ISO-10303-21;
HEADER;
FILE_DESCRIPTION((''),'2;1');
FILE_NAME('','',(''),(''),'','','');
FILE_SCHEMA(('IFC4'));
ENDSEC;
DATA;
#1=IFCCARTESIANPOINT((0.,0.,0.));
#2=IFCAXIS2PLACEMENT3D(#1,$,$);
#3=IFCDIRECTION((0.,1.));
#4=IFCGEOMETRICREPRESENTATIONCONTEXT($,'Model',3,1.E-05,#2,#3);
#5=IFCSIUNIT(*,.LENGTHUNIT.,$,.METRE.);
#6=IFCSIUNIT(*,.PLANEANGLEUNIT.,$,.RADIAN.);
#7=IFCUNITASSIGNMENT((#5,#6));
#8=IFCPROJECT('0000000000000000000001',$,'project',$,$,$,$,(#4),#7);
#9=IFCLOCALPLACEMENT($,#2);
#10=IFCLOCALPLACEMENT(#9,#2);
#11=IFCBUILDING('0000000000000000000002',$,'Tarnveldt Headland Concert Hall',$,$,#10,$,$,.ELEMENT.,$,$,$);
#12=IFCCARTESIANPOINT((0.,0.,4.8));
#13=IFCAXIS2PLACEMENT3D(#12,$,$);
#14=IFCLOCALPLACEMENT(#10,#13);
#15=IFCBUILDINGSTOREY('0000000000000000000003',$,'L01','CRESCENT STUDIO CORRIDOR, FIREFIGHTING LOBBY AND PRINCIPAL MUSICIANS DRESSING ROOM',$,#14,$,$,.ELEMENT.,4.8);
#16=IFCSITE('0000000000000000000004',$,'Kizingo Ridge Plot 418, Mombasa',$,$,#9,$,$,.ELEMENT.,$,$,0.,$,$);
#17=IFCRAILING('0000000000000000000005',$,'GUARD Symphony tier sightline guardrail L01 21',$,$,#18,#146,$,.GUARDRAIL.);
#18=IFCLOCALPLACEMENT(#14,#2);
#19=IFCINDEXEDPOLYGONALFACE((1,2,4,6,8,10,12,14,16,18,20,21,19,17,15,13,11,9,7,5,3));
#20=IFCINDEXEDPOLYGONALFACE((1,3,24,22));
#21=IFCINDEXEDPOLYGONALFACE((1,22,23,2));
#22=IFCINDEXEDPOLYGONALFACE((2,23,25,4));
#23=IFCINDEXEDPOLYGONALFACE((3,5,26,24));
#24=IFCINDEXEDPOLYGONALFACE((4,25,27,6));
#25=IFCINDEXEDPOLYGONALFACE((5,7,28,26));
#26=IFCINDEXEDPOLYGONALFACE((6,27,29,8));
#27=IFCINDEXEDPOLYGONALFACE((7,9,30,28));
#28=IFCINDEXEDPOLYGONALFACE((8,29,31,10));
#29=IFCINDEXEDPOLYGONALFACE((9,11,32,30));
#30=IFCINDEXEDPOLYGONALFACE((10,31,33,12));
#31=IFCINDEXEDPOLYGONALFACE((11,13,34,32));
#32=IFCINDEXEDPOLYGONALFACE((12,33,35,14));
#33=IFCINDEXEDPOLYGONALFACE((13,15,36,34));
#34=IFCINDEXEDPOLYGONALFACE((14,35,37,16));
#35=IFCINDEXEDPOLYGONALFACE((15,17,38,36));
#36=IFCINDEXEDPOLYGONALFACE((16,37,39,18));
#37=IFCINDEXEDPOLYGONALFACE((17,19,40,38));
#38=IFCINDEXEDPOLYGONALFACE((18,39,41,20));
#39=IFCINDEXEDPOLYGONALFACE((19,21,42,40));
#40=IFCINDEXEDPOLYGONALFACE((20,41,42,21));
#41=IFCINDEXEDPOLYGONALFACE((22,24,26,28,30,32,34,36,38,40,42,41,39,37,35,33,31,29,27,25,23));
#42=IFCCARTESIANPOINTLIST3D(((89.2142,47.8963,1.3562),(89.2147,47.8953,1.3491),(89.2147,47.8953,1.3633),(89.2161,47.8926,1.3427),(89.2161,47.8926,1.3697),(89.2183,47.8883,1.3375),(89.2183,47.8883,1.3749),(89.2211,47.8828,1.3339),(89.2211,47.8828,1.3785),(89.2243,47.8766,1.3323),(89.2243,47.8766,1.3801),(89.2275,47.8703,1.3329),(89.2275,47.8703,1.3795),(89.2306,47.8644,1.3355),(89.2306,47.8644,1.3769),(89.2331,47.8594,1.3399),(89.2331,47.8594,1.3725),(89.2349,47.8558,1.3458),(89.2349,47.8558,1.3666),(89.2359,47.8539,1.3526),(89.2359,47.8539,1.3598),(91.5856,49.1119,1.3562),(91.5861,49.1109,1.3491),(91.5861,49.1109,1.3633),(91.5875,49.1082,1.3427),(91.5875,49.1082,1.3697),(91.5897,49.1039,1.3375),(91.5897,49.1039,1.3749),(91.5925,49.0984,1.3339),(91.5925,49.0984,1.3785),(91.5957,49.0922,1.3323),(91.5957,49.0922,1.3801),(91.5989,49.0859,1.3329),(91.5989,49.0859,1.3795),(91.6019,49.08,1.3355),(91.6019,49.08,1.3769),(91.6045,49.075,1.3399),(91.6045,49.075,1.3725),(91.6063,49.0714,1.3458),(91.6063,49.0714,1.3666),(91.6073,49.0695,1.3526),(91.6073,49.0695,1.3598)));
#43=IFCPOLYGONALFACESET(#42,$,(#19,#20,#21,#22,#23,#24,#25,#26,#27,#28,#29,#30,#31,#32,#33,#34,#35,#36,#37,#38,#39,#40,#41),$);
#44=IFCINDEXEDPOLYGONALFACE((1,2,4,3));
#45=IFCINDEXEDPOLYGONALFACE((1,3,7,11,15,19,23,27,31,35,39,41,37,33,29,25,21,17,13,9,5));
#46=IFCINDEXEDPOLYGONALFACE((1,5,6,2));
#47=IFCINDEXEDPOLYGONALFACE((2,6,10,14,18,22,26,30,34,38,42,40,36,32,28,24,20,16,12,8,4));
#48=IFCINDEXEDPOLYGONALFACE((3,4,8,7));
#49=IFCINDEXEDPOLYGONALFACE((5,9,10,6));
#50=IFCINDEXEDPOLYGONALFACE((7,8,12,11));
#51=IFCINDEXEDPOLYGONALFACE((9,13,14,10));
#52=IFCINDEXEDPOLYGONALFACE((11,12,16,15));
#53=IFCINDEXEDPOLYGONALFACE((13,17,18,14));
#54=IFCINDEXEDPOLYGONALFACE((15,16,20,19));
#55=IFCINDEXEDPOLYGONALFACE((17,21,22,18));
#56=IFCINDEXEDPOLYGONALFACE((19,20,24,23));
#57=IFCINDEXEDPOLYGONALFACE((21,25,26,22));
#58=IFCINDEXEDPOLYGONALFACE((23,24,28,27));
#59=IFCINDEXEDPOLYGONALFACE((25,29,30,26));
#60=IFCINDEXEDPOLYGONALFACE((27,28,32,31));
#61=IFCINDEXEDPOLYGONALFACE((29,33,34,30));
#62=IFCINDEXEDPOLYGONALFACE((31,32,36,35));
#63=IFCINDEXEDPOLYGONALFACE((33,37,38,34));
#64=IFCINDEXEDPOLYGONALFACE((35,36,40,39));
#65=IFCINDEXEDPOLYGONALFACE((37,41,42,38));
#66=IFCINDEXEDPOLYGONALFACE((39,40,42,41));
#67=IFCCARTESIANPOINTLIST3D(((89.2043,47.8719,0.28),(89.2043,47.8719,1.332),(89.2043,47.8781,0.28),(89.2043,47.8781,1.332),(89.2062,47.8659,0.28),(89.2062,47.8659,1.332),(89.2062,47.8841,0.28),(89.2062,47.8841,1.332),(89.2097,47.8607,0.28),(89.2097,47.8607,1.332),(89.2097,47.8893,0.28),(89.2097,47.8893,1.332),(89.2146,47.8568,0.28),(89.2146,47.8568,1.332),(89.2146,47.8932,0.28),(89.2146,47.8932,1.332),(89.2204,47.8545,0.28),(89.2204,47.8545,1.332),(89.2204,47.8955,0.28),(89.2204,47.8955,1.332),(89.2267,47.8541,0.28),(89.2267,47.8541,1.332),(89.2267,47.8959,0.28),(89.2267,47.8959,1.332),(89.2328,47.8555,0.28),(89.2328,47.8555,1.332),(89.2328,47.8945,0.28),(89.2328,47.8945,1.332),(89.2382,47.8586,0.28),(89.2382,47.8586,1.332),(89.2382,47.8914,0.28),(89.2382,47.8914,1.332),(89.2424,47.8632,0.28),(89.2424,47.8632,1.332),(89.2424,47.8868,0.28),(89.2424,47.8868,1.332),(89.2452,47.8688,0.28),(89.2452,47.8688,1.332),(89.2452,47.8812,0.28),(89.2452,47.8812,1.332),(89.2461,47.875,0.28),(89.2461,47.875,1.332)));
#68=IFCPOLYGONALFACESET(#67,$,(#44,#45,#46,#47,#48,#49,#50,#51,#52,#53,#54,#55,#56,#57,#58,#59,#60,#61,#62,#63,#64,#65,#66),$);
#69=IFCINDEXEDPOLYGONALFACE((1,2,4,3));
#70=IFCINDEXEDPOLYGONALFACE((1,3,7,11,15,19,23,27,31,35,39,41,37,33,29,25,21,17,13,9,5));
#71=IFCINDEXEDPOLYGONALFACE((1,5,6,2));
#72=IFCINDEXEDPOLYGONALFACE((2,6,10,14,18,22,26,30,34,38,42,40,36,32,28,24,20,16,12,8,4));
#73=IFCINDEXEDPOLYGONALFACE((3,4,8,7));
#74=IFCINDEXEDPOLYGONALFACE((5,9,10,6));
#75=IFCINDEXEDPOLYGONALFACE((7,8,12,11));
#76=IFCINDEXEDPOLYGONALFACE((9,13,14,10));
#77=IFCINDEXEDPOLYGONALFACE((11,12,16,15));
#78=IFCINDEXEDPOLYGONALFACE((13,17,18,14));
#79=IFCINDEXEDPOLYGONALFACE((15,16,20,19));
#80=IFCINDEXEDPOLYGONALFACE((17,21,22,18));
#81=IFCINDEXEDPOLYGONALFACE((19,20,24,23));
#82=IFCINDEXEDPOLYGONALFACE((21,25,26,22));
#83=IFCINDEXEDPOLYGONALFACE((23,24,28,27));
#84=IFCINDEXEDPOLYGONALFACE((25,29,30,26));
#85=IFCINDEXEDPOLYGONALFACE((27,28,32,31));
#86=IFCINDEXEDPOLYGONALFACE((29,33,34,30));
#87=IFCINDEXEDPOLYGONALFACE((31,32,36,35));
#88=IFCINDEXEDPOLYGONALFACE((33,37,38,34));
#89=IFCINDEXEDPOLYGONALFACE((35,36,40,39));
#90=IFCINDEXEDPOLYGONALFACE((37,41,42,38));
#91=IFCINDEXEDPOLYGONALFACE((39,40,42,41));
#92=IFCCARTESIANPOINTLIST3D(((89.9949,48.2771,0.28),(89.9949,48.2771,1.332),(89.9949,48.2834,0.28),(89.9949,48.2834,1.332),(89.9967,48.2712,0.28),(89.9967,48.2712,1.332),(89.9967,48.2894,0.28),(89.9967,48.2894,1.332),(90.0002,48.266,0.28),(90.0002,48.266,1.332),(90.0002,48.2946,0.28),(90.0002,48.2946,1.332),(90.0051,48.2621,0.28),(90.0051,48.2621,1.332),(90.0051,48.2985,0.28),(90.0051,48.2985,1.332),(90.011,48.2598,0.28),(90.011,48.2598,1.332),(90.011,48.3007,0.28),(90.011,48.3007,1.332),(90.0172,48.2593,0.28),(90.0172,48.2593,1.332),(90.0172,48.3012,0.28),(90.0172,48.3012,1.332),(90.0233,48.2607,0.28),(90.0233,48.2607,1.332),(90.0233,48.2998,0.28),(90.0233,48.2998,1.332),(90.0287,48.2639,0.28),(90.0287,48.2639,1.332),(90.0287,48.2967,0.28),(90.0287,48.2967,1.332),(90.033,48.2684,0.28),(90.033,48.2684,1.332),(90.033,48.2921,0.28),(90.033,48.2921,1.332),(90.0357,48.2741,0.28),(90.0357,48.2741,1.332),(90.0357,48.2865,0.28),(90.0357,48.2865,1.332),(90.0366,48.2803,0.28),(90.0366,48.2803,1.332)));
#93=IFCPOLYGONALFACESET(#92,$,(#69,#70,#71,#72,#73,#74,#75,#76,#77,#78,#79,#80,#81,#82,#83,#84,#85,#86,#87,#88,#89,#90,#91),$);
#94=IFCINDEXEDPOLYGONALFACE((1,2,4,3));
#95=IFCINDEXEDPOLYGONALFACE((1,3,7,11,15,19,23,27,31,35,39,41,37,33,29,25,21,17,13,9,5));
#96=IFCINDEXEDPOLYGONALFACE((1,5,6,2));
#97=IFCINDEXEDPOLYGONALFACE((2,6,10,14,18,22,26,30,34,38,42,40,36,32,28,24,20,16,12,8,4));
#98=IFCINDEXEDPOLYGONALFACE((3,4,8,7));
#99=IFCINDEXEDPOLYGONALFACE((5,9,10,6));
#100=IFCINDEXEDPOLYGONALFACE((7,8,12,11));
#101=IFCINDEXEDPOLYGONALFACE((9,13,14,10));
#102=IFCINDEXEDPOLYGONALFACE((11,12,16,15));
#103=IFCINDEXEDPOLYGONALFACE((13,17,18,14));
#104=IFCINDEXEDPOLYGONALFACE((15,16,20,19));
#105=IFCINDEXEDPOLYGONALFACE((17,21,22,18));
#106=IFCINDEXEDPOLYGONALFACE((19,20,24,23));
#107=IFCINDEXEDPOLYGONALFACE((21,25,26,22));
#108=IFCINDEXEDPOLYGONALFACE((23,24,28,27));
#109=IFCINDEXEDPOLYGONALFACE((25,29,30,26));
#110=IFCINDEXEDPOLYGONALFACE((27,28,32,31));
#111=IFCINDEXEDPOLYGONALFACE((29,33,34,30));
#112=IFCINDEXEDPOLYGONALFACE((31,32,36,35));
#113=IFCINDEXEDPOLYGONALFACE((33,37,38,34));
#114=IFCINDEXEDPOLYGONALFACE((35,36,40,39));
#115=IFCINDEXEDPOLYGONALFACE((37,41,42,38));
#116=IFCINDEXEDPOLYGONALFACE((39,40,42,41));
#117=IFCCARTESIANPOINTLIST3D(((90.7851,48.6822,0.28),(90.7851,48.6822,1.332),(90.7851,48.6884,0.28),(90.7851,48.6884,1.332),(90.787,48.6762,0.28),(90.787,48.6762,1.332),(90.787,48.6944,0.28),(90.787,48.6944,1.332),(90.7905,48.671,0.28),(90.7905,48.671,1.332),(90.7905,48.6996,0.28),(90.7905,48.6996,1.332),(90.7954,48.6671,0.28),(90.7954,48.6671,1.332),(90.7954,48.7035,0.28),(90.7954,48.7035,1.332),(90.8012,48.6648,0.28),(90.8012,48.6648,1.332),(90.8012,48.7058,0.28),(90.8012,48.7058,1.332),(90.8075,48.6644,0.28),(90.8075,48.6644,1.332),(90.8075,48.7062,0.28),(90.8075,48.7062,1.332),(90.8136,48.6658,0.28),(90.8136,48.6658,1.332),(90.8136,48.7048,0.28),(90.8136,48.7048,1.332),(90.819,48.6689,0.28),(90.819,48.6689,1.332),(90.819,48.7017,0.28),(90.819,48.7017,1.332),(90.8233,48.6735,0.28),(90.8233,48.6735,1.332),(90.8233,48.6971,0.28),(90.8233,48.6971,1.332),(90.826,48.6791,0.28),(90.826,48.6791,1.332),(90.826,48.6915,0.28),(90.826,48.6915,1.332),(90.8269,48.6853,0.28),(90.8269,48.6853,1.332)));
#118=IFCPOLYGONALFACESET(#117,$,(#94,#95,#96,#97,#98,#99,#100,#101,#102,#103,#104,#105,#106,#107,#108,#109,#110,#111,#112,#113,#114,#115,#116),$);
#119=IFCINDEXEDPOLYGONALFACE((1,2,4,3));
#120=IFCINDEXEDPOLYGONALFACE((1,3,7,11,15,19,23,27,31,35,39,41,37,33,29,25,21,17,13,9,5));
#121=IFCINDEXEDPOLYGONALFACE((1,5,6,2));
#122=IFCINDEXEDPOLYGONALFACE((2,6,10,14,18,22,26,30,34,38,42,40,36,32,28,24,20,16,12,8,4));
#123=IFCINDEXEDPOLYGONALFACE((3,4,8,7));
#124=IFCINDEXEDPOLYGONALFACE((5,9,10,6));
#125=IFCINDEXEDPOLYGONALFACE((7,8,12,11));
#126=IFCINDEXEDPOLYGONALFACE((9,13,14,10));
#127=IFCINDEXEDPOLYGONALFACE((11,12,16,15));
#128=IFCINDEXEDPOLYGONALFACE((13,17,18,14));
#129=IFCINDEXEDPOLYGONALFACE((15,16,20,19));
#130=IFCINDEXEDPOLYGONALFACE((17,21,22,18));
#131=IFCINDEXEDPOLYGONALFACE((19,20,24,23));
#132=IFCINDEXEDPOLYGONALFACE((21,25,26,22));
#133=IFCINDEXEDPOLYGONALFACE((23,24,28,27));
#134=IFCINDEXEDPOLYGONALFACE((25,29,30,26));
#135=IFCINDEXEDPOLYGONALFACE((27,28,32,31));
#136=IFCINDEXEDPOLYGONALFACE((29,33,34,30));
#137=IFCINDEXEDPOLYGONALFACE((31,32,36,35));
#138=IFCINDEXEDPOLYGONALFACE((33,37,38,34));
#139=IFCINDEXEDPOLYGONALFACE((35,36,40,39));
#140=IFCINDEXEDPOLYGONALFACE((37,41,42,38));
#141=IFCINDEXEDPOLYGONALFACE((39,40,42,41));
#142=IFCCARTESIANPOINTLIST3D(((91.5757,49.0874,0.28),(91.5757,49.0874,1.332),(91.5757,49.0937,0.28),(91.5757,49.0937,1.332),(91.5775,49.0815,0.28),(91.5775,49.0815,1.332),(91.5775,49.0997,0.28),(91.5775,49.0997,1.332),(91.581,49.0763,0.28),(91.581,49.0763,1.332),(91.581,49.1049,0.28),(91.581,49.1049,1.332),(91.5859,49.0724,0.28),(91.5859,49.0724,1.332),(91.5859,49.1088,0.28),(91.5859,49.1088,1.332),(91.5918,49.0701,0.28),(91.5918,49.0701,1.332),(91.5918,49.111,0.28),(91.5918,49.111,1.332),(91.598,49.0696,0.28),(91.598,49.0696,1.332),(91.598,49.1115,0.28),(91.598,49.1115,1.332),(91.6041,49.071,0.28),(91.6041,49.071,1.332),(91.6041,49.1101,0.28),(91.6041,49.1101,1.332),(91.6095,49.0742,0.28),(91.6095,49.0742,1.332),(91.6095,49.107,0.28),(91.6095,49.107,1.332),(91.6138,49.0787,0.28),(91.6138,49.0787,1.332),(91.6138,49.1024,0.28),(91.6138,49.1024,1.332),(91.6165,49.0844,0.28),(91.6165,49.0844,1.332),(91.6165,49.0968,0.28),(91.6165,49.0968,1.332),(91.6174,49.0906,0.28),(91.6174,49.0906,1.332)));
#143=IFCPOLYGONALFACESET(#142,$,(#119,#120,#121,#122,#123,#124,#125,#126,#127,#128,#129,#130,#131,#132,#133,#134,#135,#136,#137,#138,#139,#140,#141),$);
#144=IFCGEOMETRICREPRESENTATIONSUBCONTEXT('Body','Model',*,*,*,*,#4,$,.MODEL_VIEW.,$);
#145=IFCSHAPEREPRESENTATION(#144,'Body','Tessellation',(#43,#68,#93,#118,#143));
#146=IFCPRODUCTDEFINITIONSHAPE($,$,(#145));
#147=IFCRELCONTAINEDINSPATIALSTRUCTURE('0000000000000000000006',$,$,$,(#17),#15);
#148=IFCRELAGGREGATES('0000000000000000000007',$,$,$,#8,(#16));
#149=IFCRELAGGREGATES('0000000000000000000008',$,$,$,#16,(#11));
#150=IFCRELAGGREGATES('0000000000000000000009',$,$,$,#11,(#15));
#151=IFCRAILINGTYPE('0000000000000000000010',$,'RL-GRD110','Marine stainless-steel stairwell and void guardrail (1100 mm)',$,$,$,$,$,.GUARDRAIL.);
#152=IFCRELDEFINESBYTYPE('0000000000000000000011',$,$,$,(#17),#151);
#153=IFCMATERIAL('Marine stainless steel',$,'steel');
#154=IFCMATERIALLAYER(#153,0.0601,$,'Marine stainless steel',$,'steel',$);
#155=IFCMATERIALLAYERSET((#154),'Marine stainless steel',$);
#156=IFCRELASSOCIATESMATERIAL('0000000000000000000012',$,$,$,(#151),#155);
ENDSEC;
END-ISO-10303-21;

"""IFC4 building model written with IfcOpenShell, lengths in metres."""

from ifc_helpers import new_model, si_unit, direction, frame, origin, origin_2d, place, context, subcontext, project, spatial, circle, extrude, material, layer, layer_set, type_object, element, save


model = new_model("IFC4")

# Units and contexts
model_context = context("Model", 3, precision=1e-05, world=origin(), true_north=direction((0.0, 1.0)))
body_context = subcontext(model_context, "Body", "Model", "MODEL_VIEW")
ifc_project = project(units=[si_unit("LENGTHUNIT", "METRE"), si_unit("PLANEANGLEUNIT", "RADIAN")], contexts=[model_context])

# Site, building, storey
site_placement = place(None, origin())
site = spatial("IfcSite", under=ifc_project, at=site_placement, Name="Kizingo Ridge Plot 418, Mombasa", CompositionType="ELEMENT", RefElevation=0.0)
building_placement = place(site_placement, origin())
building = spatial("IfcBuilding", under=site, at=building_placement, Name="Tarnveldt Headland Concert Hall", CompositionType="ELEMENT")
storey_placement = place(building_placement, frame((0.0, 0.0, 4.8)))
storey = spatial("IfcBuildingStorey", under=building, at=storey_placement, Name="L01", Description="CRESCENT STUDIO CORRIDOR, FIREFIGHTING LOBBY AND PRINCIPAL MUSICIANS DRESSING ROOM", CompositionType="ELEMENT", Elevation=4.8)

# Railing
ifc_material_1 = material(Name="Marine stainless steel", Category="steel")
ifc_layer_1 = layer(ifc_material_1, 0.0601, Name="Marine stainless steel", Category="steel")
ifc_layer_set_1 = layer_set([ifc_layer_1], Name="Marine stainless steel")
railing_type = type_object("IfcRailingType", Name="RL-GRD110", Description="Marine stainless-steel stairwell and void guardrail (1100 mm)", PredefinedType="GUARDRAIL", material=ifc_layer_set_1)
railing_1_placement = place(storey_placement, frame((89.2251, 47.875, 0.28)))
element("IfcRailing", 1, at=railing_1_placement, inside=storey, type_object=railing_type, Name="GUARD Symphony tier sightline guardrail L01 21", PredefinedType="GUARDRAIL", context=body_context, shape_type="SweptSolid", body=[
    extrude(circle(Radius=0.0239, at=origin_2d()), frame((0.0, 0.0, 1.0762), z_axis=(0.889893, 0.45617, 0.0), x_axis=(-0.45617, 0.889893, 0.0)), (0.0, 0.0, 1.0), 2.6648),
    extrude(circle(Radius=0.021, at=origin_2d()), origin(), (0.0, 0.0, 1.0), 1.052),
    extrude(circle(Radius=0.021, at=origin_2d()), frame((0.7905, 0.4053, 0.0)), (0.0, 0.0, 1.0), 1.052),
    extrude(circle(Radius=0.021, at=origin_2d()), frame((1.5808, 0.8103, 0.0)), (0.0, 0.0, 1.0), 1.052),
    extrude(circle(Radius=0.021, at=origin_2d()), frame((2.3713, 1.2156, 0.0)), (0.0, 0.0, 1.0), 1.052),
])

save(model, "model.ifc")
